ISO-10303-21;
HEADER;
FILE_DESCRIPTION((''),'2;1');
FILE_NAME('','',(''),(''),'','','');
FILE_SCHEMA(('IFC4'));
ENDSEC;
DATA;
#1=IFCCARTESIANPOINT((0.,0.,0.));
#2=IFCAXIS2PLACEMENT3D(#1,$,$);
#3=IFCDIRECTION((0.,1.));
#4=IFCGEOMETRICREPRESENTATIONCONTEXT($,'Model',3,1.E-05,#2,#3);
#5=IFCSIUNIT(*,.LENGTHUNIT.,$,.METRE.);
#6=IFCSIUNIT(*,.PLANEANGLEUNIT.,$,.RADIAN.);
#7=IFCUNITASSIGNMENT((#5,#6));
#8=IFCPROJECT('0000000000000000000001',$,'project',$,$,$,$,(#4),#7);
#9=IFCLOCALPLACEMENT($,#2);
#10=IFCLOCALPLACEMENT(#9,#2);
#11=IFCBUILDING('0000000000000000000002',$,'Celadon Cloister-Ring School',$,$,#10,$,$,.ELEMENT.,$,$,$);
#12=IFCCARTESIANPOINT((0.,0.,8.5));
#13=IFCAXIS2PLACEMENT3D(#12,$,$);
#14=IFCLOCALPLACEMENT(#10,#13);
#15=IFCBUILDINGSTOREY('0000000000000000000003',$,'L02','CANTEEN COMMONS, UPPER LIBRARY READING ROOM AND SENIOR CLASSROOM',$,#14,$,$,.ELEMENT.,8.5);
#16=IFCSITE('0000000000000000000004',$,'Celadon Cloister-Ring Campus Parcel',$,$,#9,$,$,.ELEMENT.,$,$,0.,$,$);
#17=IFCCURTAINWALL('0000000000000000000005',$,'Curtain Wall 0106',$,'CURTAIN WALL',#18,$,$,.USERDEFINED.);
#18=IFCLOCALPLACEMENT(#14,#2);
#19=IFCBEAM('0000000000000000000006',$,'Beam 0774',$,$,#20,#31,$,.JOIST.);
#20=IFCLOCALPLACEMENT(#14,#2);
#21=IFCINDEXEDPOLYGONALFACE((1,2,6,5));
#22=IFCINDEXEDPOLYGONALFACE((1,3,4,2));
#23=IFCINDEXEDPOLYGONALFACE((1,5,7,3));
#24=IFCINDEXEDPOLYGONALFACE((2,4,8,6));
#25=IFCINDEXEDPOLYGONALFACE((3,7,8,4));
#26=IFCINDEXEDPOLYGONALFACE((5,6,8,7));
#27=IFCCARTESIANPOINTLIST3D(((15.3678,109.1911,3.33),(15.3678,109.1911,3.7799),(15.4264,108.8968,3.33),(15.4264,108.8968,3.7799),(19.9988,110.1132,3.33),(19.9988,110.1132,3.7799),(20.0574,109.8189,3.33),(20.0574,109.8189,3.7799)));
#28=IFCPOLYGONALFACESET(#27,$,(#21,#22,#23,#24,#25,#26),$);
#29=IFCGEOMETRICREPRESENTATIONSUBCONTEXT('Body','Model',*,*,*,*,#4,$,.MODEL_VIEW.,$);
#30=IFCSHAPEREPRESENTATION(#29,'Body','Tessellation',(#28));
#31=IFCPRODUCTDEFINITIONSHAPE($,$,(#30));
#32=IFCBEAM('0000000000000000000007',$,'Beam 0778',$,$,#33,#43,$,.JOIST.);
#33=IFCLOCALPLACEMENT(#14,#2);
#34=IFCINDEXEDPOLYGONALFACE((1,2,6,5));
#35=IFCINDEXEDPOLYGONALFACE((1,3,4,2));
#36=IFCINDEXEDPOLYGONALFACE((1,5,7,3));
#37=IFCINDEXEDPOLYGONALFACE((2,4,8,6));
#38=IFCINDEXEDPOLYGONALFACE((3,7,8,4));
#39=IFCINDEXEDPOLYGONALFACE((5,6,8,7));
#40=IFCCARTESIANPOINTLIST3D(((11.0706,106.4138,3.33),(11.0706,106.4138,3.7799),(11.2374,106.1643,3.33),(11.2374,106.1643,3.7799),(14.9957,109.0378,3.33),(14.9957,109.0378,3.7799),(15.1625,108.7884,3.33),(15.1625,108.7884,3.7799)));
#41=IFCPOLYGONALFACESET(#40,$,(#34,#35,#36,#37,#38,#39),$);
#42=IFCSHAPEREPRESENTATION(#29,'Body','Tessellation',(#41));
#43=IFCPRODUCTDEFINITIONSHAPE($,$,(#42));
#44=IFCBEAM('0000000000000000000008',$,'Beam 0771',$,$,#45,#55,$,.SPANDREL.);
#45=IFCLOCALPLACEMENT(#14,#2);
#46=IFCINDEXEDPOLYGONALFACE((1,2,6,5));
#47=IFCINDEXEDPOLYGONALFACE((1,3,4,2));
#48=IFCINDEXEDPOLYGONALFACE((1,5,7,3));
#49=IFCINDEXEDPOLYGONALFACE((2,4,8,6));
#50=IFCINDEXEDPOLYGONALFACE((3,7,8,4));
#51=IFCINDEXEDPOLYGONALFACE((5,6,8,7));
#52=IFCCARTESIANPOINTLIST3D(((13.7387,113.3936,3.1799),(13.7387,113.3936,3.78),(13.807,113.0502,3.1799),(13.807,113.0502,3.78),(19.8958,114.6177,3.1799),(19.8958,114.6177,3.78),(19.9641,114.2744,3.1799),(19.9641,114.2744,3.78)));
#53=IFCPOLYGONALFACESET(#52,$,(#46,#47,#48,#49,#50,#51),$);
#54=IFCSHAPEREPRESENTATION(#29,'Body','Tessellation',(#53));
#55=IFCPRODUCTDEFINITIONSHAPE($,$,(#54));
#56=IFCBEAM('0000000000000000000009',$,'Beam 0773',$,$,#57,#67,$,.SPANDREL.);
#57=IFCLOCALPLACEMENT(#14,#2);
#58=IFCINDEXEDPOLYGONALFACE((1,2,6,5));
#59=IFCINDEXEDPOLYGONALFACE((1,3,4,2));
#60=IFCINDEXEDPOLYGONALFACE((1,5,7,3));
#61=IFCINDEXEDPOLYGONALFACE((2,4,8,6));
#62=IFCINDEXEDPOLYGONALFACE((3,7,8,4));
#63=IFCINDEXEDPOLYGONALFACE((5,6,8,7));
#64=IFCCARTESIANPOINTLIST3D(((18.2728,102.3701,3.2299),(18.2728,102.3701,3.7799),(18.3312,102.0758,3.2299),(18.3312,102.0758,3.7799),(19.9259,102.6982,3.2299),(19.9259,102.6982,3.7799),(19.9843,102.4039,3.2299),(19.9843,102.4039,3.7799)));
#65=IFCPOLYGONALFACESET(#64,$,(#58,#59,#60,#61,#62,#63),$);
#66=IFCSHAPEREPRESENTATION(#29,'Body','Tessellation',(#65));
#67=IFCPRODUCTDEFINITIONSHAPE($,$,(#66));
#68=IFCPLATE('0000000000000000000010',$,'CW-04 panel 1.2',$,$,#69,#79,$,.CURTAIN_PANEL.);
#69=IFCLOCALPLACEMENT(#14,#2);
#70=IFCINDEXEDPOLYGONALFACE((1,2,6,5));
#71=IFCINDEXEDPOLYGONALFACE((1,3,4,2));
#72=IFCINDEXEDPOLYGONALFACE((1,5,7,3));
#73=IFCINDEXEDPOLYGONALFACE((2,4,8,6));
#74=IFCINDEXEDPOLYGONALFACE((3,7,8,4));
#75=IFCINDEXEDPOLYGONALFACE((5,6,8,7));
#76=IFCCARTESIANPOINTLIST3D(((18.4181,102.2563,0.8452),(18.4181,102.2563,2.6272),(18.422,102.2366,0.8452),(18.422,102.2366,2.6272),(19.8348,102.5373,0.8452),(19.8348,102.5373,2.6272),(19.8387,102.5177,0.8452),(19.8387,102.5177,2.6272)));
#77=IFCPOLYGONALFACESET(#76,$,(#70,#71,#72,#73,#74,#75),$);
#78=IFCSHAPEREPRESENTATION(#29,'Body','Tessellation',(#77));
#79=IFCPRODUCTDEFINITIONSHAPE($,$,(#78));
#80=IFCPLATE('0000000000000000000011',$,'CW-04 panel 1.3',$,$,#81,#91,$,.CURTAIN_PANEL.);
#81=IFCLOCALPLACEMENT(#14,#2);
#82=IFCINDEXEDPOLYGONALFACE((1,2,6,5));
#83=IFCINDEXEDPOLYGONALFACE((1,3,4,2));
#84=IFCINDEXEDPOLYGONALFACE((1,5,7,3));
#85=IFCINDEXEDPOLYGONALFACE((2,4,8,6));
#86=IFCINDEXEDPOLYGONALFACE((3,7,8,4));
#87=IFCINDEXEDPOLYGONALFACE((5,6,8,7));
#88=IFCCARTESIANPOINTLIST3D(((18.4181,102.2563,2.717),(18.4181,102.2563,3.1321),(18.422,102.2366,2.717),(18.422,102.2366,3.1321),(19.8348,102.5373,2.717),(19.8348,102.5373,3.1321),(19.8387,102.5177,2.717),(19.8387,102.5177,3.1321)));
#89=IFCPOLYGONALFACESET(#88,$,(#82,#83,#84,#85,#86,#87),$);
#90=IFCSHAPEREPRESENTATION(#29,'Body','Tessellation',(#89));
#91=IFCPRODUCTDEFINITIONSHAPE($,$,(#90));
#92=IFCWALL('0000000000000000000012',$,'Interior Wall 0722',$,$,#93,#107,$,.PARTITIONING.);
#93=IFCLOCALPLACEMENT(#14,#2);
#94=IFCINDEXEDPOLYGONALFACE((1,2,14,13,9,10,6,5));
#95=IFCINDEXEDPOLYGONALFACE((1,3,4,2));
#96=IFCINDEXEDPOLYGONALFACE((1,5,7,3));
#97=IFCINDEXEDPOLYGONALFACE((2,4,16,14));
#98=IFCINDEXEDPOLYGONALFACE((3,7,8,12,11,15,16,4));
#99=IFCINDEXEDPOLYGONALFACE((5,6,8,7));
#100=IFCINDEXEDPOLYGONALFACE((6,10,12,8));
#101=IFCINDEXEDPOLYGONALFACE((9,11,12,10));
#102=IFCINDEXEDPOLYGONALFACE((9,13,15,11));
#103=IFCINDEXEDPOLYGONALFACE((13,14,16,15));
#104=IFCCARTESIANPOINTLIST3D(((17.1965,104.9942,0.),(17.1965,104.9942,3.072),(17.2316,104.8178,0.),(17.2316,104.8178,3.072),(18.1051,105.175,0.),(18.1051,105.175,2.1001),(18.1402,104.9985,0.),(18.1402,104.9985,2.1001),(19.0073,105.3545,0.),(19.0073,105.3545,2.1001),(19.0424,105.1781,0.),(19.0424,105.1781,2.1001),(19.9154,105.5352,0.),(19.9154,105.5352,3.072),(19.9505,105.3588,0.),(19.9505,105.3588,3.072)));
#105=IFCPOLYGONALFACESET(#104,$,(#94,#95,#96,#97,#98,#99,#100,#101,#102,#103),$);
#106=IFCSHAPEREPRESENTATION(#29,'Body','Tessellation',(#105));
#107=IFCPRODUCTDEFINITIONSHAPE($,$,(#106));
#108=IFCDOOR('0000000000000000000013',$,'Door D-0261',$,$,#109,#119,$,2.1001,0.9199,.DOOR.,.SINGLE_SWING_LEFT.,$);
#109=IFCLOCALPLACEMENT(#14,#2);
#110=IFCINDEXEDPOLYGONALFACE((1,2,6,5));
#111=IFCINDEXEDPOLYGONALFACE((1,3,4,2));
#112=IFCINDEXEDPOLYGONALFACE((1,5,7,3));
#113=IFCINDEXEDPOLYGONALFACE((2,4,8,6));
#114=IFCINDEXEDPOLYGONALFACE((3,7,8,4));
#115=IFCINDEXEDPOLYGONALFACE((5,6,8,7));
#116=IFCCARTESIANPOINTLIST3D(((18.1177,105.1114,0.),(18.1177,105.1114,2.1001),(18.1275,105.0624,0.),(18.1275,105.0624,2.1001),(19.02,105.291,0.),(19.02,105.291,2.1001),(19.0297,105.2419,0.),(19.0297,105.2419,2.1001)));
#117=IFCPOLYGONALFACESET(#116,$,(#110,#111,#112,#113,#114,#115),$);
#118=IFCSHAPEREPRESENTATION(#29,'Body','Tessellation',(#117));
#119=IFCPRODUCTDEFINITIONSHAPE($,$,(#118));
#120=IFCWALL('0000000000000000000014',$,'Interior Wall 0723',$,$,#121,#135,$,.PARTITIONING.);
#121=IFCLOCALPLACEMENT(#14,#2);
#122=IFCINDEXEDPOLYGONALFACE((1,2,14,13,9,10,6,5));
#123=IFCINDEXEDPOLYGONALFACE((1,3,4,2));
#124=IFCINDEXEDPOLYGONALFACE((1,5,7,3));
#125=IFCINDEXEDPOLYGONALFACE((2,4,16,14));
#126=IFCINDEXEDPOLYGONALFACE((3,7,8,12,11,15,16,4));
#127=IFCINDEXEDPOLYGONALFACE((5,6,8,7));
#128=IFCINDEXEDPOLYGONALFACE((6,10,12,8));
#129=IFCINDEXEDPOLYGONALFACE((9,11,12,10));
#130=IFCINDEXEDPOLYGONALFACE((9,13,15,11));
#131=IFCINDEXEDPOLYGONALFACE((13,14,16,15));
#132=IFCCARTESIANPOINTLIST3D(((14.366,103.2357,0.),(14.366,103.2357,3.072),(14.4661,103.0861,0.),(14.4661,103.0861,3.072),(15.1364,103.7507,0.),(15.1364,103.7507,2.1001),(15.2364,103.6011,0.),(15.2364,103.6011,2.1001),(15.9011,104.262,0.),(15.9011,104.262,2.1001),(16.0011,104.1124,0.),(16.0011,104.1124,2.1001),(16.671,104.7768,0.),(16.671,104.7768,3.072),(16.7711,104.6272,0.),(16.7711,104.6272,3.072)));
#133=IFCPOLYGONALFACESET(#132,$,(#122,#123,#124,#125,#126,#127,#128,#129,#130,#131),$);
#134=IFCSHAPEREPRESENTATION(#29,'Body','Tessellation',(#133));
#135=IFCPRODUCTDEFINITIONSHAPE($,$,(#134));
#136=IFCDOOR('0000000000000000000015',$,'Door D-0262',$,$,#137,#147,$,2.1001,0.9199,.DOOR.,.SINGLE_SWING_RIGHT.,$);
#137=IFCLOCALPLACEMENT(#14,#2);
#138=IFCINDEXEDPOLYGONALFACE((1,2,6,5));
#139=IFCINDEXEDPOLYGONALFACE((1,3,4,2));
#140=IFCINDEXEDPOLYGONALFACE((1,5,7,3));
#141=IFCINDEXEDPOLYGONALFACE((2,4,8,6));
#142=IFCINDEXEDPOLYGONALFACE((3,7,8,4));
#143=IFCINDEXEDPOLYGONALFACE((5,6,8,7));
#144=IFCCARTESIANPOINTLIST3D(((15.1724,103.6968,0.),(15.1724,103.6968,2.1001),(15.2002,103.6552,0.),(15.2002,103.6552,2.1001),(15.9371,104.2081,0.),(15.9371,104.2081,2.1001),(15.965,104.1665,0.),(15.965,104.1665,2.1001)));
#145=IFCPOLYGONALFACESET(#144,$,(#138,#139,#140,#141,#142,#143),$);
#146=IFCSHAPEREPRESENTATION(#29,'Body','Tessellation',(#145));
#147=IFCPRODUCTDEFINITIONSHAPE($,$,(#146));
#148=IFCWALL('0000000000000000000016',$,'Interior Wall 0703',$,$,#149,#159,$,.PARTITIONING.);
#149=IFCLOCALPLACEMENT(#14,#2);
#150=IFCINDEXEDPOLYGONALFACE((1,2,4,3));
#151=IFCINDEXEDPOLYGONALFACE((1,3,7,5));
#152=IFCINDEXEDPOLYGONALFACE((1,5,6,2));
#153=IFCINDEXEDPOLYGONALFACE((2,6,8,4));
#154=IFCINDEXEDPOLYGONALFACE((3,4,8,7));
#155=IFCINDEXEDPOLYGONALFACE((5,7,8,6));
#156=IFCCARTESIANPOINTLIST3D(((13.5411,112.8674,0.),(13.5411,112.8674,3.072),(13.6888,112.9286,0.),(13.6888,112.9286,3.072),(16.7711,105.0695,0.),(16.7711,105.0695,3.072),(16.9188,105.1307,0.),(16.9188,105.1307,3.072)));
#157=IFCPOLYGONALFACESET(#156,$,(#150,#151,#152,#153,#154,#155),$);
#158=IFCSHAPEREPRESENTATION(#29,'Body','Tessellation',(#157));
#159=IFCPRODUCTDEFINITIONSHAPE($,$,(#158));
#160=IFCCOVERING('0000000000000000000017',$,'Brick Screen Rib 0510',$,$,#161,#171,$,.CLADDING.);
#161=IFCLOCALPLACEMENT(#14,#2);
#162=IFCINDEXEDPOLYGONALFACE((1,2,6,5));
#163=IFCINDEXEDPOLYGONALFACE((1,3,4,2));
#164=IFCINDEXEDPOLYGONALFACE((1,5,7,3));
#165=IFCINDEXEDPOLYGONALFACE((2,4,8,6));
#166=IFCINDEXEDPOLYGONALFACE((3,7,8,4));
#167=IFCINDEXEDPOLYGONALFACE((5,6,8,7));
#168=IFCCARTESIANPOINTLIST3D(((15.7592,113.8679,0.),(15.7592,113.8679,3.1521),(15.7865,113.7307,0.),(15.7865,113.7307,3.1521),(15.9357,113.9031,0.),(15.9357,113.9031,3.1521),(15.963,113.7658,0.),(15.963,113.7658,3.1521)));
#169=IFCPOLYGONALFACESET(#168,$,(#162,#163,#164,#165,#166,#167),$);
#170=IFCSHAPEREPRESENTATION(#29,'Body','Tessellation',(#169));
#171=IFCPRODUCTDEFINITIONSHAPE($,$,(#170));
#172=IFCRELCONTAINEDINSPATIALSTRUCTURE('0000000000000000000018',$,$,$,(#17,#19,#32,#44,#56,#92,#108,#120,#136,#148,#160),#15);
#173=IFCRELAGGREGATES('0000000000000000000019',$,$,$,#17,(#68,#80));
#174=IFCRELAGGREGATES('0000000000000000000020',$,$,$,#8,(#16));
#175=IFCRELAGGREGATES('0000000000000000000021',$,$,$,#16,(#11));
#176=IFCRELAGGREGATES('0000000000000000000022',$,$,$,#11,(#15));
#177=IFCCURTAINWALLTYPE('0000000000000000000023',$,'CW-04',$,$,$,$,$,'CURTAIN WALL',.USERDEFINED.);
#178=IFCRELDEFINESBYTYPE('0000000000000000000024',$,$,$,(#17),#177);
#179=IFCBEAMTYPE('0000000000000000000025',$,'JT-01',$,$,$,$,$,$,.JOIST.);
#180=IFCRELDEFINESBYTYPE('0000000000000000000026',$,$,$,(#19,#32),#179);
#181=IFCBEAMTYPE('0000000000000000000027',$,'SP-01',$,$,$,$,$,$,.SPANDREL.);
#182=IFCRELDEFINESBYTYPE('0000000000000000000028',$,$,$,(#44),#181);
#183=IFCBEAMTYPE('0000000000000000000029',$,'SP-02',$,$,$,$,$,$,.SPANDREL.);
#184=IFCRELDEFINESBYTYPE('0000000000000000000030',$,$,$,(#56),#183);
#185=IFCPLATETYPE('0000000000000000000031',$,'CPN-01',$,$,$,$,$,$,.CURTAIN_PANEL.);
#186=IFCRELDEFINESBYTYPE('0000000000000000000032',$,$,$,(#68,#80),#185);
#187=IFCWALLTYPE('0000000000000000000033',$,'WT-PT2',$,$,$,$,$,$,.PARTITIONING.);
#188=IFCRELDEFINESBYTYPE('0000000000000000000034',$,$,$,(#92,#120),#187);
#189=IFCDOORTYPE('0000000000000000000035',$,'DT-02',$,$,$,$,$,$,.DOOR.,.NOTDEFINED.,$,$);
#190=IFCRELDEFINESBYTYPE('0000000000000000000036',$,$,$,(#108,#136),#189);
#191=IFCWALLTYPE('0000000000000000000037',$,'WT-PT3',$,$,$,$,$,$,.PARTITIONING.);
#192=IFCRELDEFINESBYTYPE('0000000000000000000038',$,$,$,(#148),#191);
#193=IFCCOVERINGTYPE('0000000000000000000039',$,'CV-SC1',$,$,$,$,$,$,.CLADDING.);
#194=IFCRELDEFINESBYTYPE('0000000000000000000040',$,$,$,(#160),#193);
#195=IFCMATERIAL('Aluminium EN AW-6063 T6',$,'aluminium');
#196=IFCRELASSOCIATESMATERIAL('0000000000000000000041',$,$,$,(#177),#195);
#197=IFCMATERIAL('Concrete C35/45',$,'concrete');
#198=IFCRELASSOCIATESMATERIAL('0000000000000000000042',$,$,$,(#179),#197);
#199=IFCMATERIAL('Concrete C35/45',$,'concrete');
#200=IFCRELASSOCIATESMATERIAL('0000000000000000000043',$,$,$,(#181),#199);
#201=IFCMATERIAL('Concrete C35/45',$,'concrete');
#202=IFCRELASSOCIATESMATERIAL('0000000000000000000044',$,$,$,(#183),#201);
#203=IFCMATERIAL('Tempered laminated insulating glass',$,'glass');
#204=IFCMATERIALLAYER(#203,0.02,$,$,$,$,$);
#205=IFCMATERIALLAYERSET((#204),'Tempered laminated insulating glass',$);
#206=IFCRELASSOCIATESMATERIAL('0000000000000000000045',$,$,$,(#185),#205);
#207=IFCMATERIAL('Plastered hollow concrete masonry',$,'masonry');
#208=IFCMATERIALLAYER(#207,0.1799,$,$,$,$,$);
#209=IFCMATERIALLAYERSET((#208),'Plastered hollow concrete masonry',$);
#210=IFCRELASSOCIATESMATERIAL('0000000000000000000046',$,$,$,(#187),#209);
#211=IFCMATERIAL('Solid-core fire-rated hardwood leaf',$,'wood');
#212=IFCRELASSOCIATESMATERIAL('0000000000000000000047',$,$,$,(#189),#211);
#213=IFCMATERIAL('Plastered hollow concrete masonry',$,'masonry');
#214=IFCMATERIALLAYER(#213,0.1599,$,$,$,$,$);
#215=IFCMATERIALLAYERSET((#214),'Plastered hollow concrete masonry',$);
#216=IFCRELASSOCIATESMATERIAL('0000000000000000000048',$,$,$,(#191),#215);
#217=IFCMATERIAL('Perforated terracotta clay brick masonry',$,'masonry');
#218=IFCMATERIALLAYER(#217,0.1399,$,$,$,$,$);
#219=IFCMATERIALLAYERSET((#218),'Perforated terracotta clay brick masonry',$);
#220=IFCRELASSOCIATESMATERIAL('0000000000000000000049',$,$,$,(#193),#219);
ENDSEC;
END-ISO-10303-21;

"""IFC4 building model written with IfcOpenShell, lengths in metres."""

from ifc_helpers import new_model, si_unit, direction, frame, frame_2d, origin, origin_2d, place, context, subcontext, project, spatial, rectangle, extrude, material, layer, layer_set, material_profile, profile_set, type_object, element, fill, aggregate, save


model = new_model("IFC4")

# Units and contexts
model_context = context("Model", 3, precision=1e-05, world=origin(), true_north=direction((0.0, 1.0)))
body_context = subcontext(model_context, "Body", "Model", "MODEL_VIEW")
ifc_project = project(units=[si_unit("LENGTHUNIT", "METRE"), si_unit("PLANEANGLEUNIT", "RADIAN")], contexts=[model_context])

# Site, building, storey
site_placement = place(None, origin())
site = spatial("IfcSite", under=ifc_project, at=site_placement, Name="Celadon Cloister-Ring Campus Parcel", CompositionType="ELEMENT", RefElevation=0.0)
building_placement = place(site_placement, origin())
building = spatial("IfcBuilding", under=site, at=building_placement, Name="Celadon Cloister-Ring School", CompositionType="ELEMENT")
storey_placement = place(building_placement, frame((0.0, 0.0, 8.5)))
storey = spatial("IfcBuildingStorey", under=building, at=storey_placement, Name="L02", Description="CANTEEN COMMONS, UPPER LIBRARY READING ROOM AND SENIOR CLASSROOM", CompositionType="ELEMENT", Elevation=8.5)

# Curtain wall
ifc_material_1 = material(Name="Aluminium EN AW-6063 T6", Category="aluminium")
curtain_wall_type = type_object("IfcCurtainWallType", Name="CW-04", ElementType="CURTAIN WALL", PredefinedType="USERDEFINED", material=ifc_material_1)
curtain_wall_placement = place(storey_placement, origin())
curtain_wall = element("IfcCurtainWall", 1, at=curtain_wall_placement, inside=storey, type_object=curtain_wall_type, Name="Curtain Wall 0106", ObjectType="CURTAIN WALL", PredefinedType="USERDEFINED")

# Beams
ifc_material_2 = material(Name="Concrete C35/45", Category="concrete")
ifc_material_profile_1 = material_profile(ifc_material_2, rectangle(XDim=0.3, YDim=0.45, at=origin_2d()), Name="RC300X450")
ifc_profile_set_1 = profile_set([ifc_material_profile_1], Name="Concrete C35/45")
beam_type_1 = type_object("IfcBeamType", Name="JT-01", PredefinedType="JOIST", material=ifc_profile_set_1)
beam_1_placement = place(storey_placement, frame((20.0281, 109.9661, 3.5549), z_axis=(-0.980747, -0.195281, 0.0), x_axis=(0.195281, -0.980747, 0.0)))
element("IfcBeam", 2, at=beam_1_placement, inside=storey, type_object=beam_type_1, Name="Beam 0774", PredefinedType="JOIST", context=body_context, shape_type="SweptSolid", body=[
    extrude(rectangle(XDim=0.3, YDim=0.45, at=origin_2d()), origin(), (0.0, 0.0, 1.0), 4.7219),
])
beam_2_placement = place(storey_placement, frame((15.0791, 108.9131, 3.5549), z_axis=(-0.831334, -0.555774, 0.0), x_axis=(0.555774, -0.831334, 0.0)))
element("IfcBeam", 3, at=beam_2_placement, inside=storey, type_object=beam_type_1, Name="Beam 0778", PredefinedType="JOIST", context=body_context, shape_type="SweptSolid", body=[
    extrude(rectangle(XDim=0.3, YDim=0.45, at=origin_2d()), origin(), (0.0, 0.0, 1.0), 4.7214),
])
ifc_material_3 = material(Name="Concrete C35/45", Category="concrete")
ifc_material_profile_2 = material_profile(ifc_material_3, rectangle(XDim=0.3501, YDim=0.6001, at=origin_2d()), Name="RC350X600")
ifc_profile_set_2 = profile_set([ifc_material_profile_2], Name="Concrete C35/45")
beam_type_2 = type_object("IfcBeamType", Name="SP-01", PredefinedType="SPANDREL", material=ifc_profile_set_2)
beam_3_placement = place(storey_placement, frame((19.9299, 114.446, 3.48), z_axis=(-0.980803, -0.195002, 0.0), x_axis=(0.195002, -0.980803, 0.0)))
element("IfcBeam", 4, at=beam_3_placement, inside=storey, type_object=beam_type_2, Name="Beam 0771", PredefinedType="SPANDREL", context=body_context, shape_type="SweptSolid", body=[
    extrude(rectangle(XDim=0.3501, YDim=0.6001, at=origin_2d()), origin(), (0.0, 0.0, 1.0), 6.2776),
])
ifc_material_4 = material(Name="Concrete C35/45", Category="concrete")
ifc_material_profile_3 = material_profile(ifc_material_4, rectangle(XDim=0.3, YDim=0.55, at=origin_2d()), Name="RC300X550")
ifc_profile_set_3 = profile_set([ifc_material_profile_3], Name="Concrete C35/45")
beam_type_3 = type_object("IfcBeamType", Name="SP-02", PredefinedType="SPANDREL", material=ifc_profile_set_3)
beam_4_placement = place(storey_placement, frame((19.9551, 102.551, 3.5049), z_axis=(-0.980864, -0.194695, 0.0), x_axis=(0.194695, -0.980864, 0.0)))
element("IfcBeam", 5, at=beam_4_placement, inside=storey, type_object=beam_type_3, Name="Beam 0773", PredefinedType="SPANDREL", context=body_context, shape_type="SweptSolid", body=[
    extrude(rectangle(XDim=0.3, YDim=0.55, at=origin_2d()), origin(), (0.0, 0.0, 1.0), 1.6853),
])

# Plates
ifc_material_5 = material(Name="Tempered laminated insulating glass", Category="glass")
ifc_layer_1 = layer(ifc_material_5, 0.02)
ifc_layer_set_1 = layer_set([ifc_layer_1], Name="Tempered laminated insulating glass")
plate_type = type_object("IfcPlateType", Name="CPN-01", PredefinedType="CURTAIN_PANEL", material=ifc_layer_set_1)
plate_1_placement = place(storey_placement, frame((19.1284, 102.387, 0.8452), z_axis=(0.0, 0.0, 1.0), x_axis=(-0.980885, -0.194586, 0.0)))
plate_1 = element("IfcPlate", 6, at=plate_1_placement, type_object=plate_type, Name="CW-04 panel 1.2", PredefinedType="CURTAIN_PANEL", context=body_context, shape_type="SweptSolid", body=[
    extrude(rectangle(XDim=1.4443, YDim=0.02, at=origin_2d()), origin(), (0.0, 0.0, 1.0), 1.782),
])
plate_2_placement = place(storey_placement, frame((19.1284, 102.387, 2.717), z_axis=(0.0, 0.0, 1.0), x_axis=(-0.980885, -0.194586, 0.0)))
plate_2 = element("IfcPlate", 7, at=plate_2_placement, type_object=plate_type, Name="CW-04 panel 1.3", PredefinedType="CURTAIN_PANEL", context=body_context, shape_type="SweptSolid", body=[
    extrude(rectangle(XDim=1.4443, YDim=0.02, at=origin_2d()), origin(), (0.0, 0.0, 1.0), 0.415),
])
aggregate(curtain_wall, [plate_1, plate_2])

# Walls, openings, doors
ifc_material_6 = material(Name="Plastered hollow concrete masonry", Category="masonry")
ifc_layer_2 = layer(ifc_material_6, 0.1799)
ifc_layer_set_2 = layer_set([ifc_layer_2], Name="Plastered hollow concrete masonry")
wall_type_1 = type_object("IfcWallType", Name="WT-PT2", PredefinedType="PARTITIONING", material=ifc_layer_set_2)
wall_1_placement = place(storey_placement, frame((19.9331, 105.447, 0.0), z_axis=(0.0, 0.0, 1.0), x_axis=(-0.980773, -0.195151, 0.0)))
wall_1 = element("IfcWall", 8, at=wall_1_placement, inside=storey, type_object=wall_type_1, Name="Interior Wall 0722", PredefinedType="PARTITIONING", context=body_context, shape_type="SweptSolid", body=[
    extrude(rectangle(XDim=2.7722, YDim=0.1799, at=frame_2d((1.3862, 0.0))), origin(), (0.0, 0.0, 1.0), 3.072),
])
opening_1_placement = place(wall_1_placement, frame((0.926, 0.0, 0.0)))
opening_1 = element("IfcOpeningElement", 9, at=opening_1_placement, cuts=wall_1, PredefinedType="OPENING", context=body_context, shape_type="SweptSolid", body=[
    extrude(rectangle(XDim=0.9199, YDim=2.1001, at=frame_2d((0.46, 1.05))), frame((0.0, 0.1001, 0.0), z_axis=(0.0, -1.0, 0.0), x_axis=(1.0, 0.0, 0.0)), (0.0, 0.0, 1.0), 0.2),
])
ifc_material_7 = material(Name="Solid-core fire-rated hardwood leaf", Category="wood")
door_type = type_object("IfcDoorType", Name="DT-02", OperationType="NOTDEFINED", PredefinedType="DOOR", material=ifc_material_7)
door_1_placement = place(opening_1_placement, origin())
door_1 = element("IfcDoor", 10, at=door_1_placement, inside=storey, type_object=door_type, Name="Door D-0261", OperationType="SINGLE_SWING_LEFT", OverallHeight=2.1001, OverallWidth=0.9199, PredefinedType="DOOR", context=body_context, shape_type="SweptSolid", body=[
    extrude(rectangle(XDim=0.9199, YDim=2.1001, at=frame_2d((0.46, 1.05))), frame((0.0, 0.0249, 0.0), z_axis=(0.0, -1.0, 0.0), x_axis=(1.0, 0.0, 0.0)), (0.0, 0.0, 1.0), 0.05),
])
fill(opening_1, door_1)
wall_2_placement = place(storey_placement, frame((16.7209, 104.7019, 0.0), z_axis=(0.0, 0.0, 1.0), x_axis=(-0.831318, -0.555797, 0.0)))
wall_2 = element("IfcWall", 11, at=wall_2_placement, inside=storey, type_object=wall_type_1, Name="Interior Wall 0723", PredefinedType="PARTITIONING", context=body_context, shape_type="SweptSolid", body=[
    extrude(rectangle(XDim=2.7727, YDim=0.1799, at=frame_2d((1.3862, 0.0))), origin(), (0.0, 0.0, 1.0), 3.072),
])
opening_2_placement = place(wall_2_placement, frame((0.926, 0.0, 0.0)))
opening_2 = element("IfcOpeningElement", 12, at=opening_2_placement, cuts=wall_2, PredefinedType="OPENING", context=body_context, shape_type="SweptSolid", body=[
    extrude(rectangle(XDim=0.9199, YDim=2.1001, at=frame_2d((0.46, 1.05))), frame((0.0, 0.1001, 0.0), z_axis=(0.0, -1.0, 0.0), x_axis=(1.0, 0.0, 0.0)), (0.0, 0.0, 1.0), 0.2),
])
door_2_placement = place(opening_2_placement, origin())
door_2 = element("IfcDoor", 13, at=door_2_placement, inside=storey, type_object=door_type, Name="Door D-0262", OperationType="SINGLE_SWING_RIGHT", OverallHeight=2.1001, OverallWidth=0.9199, PredefinedType="DOOR", context=body_context, shape_type="SweptSolid", body=[
    extrude(rectangle(XDim=0.9199, YDim=2.1001, at=frame_2d((0.46, 1.05))), frame((0.0, 0.0249, 0.0), z_axis=(0.0, -1.0, 0.0), x_axis=(1.0, 0.0, 0.0)), (0.0, 0.0, 1.0), 0.05),
])
fill(opening_2, door_2)

# Wall
ifc_material_8 = material(Name="Plastered hollow concrete masonry", Category="masonry")
ifc_layer_3 = layer(ifc_material_8, 0.1599)
ifc_layer_set_3 = layer_set([ifc_layer_3], Name="Plastered hollow concrete masonry")
wall_type_2 = type_object("IfcWallType", Name="WT-PT3", PredefinedType="PARTITIONING", material=ifc_layer_set_3)
wall_3_placement = place(storey_placement, frame((16.845, 105.1001, 0.0), z_axis=(0.0, 0.0, 1.0), x_axis=(-0.382684, 0.923879, 0.0)))
element("IfcWall", 14, at=wall_3_placement, inside=storey, type_object=wall_type_2, Name="Interior Wall 0703", PredefinedType="PARTITIONING", context=body_context, shape_type="SweptSolid", body=[
    extrude(rectangle(XDim=8.4404, YDim=0.1599, at=frame_2d((4.2202, 0.0))), origin(), (0.0, 0.0, 1.0), 3.072),
])

# Covering
ifc_material_9 = material(Name="Perforated terracotta clay brick masonry", Category="masonry")
ifc_layer_4 = layer(ifc_material_9, 0.1399)
ifc_layer_set_4 = layer_set([ifc_layer_4], Name="Perforated terracotta clay brick masonry")
covering_type = type_object("IfcCoveringType", Name="CV-SC1", PredefinedType="CLADDING", material=ifc_layer_set_4)
for number, where, z_axis, x_axis, name in (
    (15, (15.8611, 113.8169, 0.0), (0.0, 0.0, 1.0), (0.980775, 0.195142, 0.0), "Brick Screen Rib 0510"),
):
    element("IfcCovering", number, at=place(storey_placement, frame(where, z_axis=z_axis, x_axis=x_axis)), inside=storey, type_object=covering_type, Name=name, PredefinedType="CLADDING", context=body_context, shape_type="SweptSolid", body=[
        extrude(rectangle(XDim=0.1799, YDim=0.1399, at=origin_2d()), origin(), (0.0, 0.0, 1.0), 3.1521),
    ])

save(model, "model.ifc")
